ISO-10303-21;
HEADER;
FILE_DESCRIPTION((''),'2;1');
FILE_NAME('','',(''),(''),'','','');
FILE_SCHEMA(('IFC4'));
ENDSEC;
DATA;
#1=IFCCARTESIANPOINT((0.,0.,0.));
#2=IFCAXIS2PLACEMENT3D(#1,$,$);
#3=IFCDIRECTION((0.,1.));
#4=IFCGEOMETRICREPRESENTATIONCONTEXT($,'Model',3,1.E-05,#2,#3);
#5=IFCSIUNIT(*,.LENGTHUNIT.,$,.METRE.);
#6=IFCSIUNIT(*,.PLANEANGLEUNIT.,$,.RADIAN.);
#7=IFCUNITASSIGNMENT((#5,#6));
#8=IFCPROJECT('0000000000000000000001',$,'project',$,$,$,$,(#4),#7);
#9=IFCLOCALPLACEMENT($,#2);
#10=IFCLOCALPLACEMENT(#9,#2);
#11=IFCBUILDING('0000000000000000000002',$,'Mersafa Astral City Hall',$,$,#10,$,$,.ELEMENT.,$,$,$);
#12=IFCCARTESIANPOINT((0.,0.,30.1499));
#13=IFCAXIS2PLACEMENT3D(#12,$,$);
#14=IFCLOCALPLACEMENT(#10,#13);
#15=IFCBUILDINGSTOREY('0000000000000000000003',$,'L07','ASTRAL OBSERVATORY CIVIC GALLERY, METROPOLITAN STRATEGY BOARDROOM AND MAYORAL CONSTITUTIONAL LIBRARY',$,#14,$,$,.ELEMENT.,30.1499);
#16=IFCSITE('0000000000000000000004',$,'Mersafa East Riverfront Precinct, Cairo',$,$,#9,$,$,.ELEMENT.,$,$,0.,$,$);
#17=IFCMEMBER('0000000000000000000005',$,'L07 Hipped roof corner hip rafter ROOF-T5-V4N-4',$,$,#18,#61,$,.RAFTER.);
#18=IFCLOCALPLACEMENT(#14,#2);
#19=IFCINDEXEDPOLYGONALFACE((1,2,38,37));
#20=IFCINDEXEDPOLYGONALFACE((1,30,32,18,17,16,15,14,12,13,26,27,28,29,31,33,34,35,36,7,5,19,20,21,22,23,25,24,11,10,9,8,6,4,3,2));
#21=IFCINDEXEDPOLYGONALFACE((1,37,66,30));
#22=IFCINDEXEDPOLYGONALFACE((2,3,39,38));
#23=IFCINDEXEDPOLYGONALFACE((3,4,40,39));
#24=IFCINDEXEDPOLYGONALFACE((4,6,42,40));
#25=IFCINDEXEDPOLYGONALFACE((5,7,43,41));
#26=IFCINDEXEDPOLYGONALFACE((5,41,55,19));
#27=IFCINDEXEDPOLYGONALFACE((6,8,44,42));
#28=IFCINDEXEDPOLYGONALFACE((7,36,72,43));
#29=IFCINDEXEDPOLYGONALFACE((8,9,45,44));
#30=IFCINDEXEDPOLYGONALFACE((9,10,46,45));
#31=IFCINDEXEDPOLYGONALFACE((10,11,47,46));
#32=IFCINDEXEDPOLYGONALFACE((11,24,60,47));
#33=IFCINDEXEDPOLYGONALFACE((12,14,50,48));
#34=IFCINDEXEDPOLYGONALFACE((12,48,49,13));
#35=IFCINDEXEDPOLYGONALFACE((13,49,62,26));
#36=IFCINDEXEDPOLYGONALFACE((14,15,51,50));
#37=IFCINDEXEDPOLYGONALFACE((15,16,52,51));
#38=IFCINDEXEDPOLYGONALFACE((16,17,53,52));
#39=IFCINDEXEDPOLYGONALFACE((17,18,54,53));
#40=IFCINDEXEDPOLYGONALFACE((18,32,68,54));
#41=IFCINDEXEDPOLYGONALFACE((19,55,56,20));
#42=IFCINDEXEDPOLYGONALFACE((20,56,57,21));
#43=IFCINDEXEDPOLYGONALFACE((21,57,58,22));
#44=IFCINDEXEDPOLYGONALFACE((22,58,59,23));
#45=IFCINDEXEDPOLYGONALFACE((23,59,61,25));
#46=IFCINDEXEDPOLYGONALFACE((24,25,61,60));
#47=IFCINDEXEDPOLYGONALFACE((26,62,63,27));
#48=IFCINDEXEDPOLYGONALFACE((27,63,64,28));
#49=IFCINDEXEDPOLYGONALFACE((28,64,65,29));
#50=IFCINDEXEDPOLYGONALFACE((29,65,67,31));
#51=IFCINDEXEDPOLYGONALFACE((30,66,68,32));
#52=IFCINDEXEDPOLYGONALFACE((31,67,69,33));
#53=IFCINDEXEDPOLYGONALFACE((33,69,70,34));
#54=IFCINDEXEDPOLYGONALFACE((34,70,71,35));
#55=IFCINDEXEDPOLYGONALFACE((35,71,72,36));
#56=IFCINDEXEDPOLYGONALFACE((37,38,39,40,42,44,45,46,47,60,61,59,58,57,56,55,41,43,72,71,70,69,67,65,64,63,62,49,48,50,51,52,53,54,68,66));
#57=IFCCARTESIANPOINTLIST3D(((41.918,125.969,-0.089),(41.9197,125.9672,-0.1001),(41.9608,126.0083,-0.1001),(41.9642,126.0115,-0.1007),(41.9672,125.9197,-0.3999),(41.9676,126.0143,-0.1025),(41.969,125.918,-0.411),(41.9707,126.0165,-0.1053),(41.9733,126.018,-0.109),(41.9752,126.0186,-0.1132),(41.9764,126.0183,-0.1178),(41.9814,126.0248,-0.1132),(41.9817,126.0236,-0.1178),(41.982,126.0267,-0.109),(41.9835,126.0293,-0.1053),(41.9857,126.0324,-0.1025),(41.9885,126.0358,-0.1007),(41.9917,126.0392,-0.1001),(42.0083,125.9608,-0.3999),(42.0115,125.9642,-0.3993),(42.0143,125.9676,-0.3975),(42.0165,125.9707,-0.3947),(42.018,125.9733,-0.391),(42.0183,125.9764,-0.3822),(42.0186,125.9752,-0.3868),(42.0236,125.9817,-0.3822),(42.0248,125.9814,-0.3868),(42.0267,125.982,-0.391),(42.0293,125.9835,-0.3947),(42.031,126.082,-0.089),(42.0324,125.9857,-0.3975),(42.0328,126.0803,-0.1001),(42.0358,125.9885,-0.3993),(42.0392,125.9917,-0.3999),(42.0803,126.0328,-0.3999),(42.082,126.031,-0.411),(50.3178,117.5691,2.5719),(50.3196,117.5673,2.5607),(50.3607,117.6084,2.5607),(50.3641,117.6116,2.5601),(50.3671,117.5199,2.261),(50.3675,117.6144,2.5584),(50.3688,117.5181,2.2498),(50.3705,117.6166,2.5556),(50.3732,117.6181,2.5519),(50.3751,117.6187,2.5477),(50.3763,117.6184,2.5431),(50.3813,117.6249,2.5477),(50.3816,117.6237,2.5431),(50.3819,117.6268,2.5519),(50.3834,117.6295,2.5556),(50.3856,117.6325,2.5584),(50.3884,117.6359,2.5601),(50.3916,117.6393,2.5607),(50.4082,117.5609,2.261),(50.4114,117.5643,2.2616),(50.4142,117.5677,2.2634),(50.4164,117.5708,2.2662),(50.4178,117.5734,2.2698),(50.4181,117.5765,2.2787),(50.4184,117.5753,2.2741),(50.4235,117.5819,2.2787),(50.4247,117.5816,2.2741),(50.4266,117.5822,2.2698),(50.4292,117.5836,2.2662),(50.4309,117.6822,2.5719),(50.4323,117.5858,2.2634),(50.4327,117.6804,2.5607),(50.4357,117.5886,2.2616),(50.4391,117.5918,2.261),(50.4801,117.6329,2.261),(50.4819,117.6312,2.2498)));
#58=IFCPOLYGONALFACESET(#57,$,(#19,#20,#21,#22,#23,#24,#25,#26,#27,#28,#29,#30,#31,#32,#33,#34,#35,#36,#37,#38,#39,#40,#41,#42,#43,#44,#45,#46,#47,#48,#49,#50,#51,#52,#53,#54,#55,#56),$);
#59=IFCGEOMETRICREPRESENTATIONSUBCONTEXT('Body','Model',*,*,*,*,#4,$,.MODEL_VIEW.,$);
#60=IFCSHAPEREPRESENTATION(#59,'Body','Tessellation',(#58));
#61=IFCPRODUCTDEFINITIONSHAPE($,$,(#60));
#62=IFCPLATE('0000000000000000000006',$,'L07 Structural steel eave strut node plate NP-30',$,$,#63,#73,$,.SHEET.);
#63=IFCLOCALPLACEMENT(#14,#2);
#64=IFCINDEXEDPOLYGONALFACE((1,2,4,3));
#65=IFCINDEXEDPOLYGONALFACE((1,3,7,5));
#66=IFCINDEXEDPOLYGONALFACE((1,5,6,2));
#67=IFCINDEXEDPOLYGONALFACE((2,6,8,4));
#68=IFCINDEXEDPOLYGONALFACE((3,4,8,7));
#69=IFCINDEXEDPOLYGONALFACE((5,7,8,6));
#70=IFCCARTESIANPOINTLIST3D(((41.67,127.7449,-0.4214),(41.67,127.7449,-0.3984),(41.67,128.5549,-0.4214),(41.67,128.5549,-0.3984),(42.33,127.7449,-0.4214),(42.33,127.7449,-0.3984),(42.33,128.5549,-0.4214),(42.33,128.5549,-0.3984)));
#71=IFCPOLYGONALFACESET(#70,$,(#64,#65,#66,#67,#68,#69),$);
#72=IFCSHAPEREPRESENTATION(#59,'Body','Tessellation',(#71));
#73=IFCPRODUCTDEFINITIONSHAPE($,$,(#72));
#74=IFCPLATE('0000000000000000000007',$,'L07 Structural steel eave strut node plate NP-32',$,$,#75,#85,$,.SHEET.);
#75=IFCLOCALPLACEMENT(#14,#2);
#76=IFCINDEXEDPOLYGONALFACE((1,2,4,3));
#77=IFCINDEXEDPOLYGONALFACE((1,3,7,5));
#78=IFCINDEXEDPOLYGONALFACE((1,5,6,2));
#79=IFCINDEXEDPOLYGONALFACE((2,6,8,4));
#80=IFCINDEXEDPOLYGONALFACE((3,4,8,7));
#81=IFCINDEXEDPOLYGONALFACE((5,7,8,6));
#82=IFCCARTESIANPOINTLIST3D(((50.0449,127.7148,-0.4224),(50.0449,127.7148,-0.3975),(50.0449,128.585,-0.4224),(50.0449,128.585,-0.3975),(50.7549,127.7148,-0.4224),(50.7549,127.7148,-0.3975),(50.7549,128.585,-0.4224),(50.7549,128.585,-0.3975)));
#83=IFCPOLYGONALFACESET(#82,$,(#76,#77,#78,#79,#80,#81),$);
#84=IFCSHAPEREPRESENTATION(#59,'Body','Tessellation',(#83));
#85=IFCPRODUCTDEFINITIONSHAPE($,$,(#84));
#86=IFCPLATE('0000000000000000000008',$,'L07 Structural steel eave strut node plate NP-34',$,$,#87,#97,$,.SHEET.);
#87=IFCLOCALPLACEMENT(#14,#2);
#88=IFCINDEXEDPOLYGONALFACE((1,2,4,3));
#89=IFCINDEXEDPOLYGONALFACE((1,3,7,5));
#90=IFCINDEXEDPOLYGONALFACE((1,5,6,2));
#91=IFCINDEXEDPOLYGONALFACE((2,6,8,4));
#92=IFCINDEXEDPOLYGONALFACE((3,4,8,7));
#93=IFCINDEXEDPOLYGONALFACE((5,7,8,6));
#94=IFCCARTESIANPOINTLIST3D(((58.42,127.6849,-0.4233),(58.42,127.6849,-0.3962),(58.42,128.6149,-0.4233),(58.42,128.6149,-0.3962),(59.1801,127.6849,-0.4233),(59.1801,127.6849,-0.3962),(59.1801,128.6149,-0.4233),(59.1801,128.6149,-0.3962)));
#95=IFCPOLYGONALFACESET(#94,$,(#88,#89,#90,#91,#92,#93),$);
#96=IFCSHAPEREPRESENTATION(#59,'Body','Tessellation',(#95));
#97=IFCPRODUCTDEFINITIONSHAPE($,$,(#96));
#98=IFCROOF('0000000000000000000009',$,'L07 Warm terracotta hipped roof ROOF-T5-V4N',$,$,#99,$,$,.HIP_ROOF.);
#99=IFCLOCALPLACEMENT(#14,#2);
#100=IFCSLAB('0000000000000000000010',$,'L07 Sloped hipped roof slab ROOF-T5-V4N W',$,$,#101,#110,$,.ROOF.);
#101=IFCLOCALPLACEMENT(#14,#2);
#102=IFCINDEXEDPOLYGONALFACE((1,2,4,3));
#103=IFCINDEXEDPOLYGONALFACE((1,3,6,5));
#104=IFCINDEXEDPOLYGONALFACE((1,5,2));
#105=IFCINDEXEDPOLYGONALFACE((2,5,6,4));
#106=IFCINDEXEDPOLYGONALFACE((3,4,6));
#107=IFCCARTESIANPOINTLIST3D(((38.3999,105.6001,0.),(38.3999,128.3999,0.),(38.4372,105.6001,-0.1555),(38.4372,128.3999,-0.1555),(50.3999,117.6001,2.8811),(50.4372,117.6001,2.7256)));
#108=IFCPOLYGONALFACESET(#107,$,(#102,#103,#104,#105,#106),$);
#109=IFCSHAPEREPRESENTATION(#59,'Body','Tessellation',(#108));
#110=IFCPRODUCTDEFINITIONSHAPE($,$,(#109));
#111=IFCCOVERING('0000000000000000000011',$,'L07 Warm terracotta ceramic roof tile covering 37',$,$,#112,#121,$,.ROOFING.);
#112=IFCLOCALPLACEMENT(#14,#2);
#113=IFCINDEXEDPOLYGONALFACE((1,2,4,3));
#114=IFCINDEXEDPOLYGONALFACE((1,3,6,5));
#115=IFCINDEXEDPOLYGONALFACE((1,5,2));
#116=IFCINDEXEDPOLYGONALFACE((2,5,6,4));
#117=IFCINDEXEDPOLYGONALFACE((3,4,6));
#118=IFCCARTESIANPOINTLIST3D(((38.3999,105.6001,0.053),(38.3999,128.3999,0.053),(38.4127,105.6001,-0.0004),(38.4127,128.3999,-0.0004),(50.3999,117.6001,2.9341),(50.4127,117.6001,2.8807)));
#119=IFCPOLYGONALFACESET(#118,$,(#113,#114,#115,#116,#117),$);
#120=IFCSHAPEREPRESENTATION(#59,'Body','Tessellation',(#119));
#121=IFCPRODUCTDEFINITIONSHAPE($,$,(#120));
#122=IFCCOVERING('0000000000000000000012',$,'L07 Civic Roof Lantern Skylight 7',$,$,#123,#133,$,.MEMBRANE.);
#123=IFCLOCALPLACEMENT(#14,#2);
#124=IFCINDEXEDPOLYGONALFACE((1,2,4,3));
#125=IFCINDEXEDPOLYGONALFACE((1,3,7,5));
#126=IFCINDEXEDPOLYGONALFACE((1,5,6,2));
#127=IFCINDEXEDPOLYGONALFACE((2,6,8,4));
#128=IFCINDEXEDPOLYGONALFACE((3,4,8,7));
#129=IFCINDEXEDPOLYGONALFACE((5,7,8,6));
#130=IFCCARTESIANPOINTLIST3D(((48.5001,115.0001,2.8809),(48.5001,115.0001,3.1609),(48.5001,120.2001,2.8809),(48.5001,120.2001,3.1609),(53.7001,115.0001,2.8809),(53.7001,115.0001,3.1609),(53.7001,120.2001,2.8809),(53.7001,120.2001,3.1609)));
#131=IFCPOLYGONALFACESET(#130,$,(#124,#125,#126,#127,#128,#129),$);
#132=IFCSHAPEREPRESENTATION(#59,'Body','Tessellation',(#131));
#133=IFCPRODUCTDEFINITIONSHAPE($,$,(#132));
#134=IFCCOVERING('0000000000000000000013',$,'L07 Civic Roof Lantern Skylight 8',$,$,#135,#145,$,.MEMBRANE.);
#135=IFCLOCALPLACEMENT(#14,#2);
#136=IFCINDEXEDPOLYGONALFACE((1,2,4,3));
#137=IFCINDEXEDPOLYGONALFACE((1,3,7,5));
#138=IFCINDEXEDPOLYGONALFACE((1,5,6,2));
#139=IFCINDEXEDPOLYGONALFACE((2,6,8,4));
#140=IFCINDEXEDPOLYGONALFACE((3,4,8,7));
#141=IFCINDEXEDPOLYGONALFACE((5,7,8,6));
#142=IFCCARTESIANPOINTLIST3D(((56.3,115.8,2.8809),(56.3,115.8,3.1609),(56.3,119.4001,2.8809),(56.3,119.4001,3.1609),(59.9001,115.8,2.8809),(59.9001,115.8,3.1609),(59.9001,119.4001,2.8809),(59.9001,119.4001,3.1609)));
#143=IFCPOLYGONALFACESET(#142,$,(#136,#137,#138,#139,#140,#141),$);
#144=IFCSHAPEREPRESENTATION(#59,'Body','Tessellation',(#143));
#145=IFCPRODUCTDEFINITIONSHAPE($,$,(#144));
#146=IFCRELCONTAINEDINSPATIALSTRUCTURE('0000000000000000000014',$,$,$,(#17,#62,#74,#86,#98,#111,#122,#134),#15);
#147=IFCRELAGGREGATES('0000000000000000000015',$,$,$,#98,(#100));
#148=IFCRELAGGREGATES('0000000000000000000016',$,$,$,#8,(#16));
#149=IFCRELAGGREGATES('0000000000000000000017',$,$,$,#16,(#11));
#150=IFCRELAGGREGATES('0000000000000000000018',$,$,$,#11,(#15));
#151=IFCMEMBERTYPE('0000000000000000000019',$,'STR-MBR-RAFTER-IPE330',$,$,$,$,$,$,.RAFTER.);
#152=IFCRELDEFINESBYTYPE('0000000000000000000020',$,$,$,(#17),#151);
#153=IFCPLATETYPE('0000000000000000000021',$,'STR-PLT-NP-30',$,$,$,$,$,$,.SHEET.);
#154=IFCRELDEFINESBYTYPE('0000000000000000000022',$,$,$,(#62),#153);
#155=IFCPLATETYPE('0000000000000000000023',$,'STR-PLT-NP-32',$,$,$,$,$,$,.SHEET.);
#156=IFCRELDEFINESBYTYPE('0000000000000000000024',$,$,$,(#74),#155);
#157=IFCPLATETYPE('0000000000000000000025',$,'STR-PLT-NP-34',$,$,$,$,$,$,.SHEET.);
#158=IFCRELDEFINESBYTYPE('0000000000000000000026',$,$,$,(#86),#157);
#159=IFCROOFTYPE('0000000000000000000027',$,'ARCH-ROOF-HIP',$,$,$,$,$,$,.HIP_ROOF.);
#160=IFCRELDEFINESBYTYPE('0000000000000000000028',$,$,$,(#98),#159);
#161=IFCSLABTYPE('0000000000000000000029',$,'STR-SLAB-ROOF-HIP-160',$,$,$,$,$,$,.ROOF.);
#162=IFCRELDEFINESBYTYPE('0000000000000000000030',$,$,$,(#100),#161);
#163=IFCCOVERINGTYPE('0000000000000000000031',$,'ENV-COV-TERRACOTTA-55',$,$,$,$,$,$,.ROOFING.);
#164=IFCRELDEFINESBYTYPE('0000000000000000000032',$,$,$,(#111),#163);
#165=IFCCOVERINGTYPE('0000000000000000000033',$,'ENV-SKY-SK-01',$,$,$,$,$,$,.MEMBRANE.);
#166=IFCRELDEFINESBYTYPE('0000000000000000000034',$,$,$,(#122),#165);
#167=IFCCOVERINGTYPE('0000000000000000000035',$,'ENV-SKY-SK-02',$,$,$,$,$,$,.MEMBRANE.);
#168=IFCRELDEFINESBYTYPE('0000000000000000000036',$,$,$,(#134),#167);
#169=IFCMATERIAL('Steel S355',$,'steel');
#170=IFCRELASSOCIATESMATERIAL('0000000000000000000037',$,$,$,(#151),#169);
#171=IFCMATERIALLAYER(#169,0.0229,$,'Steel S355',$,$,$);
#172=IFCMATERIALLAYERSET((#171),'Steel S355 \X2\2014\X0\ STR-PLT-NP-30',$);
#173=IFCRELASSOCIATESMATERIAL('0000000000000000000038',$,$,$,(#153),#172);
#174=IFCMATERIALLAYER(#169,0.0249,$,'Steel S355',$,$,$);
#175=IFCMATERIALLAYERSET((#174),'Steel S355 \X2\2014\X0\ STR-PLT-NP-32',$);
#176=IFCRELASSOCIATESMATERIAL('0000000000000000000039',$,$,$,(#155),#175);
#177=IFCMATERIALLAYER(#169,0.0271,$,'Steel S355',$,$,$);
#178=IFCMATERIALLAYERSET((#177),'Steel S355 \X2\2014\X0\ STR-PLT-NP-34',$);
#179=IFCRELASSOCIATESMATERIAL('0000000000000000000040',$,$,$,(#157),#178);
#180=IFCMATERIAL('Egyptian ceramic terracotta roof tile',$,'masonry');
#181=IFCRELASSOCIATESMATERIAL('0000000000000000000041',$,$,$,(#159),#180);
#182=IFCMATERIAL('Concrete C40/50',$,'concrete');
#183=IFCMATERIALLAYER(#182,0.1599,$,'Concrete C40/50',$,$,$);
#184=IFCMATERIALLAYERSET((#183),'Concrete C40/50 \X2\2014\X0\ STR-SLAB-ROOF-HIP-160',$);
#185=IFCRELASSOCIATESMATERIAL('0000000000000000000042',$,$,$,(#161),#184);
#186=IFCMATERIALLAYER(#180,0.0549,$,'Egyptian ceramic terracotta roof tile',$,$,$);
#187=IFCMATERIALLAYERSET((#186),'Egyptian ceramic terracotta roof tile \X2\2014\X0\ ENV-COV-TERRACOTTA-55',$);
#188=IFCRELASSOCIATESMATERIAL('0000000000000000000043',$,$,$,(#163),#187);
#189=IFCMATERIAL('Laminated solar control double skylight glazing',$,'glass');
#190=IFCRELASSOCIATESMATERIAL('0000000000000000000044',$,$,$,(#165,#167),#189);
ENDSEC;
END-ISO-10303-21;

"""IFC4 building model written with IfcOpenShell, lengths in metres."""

from ifc_helpers import new_model, si_unit, direction, frame, origin, origin_2d, place, context, subcontext, project, spatial, polyline, rectangle, i_section, outline, extrude, material, layer, layer_set, material_profile, profile_set, type_object, element, aggregate, save


model = new_model("IFC4")

# Units and contexts
model_context = context("Model", 3, precision=1e-05, world=origin(), true_north=direction((0.0, 1.0)))
body_context = subcontext(model_context, "Body", "Model", "MODEL_VIEW")
ifc_project = project(units=[si_unit("LENGTHUNIT", "METRE"), si_unit("PLANEANGLEUNIT", "RADIAN")], contexts=[model_context])

# Site, building, storey
site_placement = place(None, origin())
site = spatial("IfcSite", under=ifc_project, at=site_placement, Name="Mersafa East Riverfront Precinct, Cairo", CompositionType="ELEMENT", RefElevation=0.0)
building_placement = place(site_placement, origin())
building = spatial("IfcBuilding", under=site, at=building_placement, Name="Mersafa Astral City Hall", CompositionType="ELEMENT")
storey_placement = place(building_placement, frame((0.0, 0.0, 30.1499)))
storey = spatial("IfcBuildingStorey", under=building, at=storey_placement, Name="L07", Description="ASTRAL OBSERVATORY CIVIC GALLERY, METROPOLITAN STRATEGY BOARDROOM AND MAYORAL CONSTITUTIONAL LIBRARY", CompositionType="ELEMENT", Elevation=30.1499)

# Shared definitions
ifc_material_1 = material(Name="Steel S355", Category="steel")

# Member
ifc_material_profile_1 = material_profile(ifc_material_1, i_section(OverallWidth=0.1599, OverallDepth=0.3301, WebThickness=0.0076, FlangeThickness=0.0115, FilletRadius=0.0181, at=origin_2d()), Name="IPE 330")
ifc_profile_set_1 = profile_set([ifc_material_profile_1], Name="Steel S355")
member_type_1 = type_object("IfcMemberType", Name="STR-MBR-RAFTER-IPE330", PredefinedType="RAFTER", material=ifc_profile_set_1)
member_1_placement = place(storey_placement, frame((42.0, 126.0, -0.25), z_axis=(0.690009, -0.690009, 0.218578), x_axis=(0.707107, 0.707107, 0.0)))
element("IfcMember", 1, at=member_1_placement, inside=storey, type_object=member_type_1, Name="L07 Hipped roof corner hip rafter ROOF-T5-V4N-4", PredefinedType="RAFTER", context=body_context, shape_type="SweptSolid", body=[
    extrude(i_section(OverallWidth=0.1599, OverallDepth=0.3301, WebThickness=0.0076, FlangeThickness=0.0115, FilletRadius=0.0181, at=origin_2d()), origin(), (0.0, 0.0, 1.0), 12.1736),
])

# Plates
ifc_layer_1 = layer(ifc_material_1, 0.0229, Name="Steel S355")
ifc_layer_set_1 = layer_set([ifc_layer_1], Name="Steel S355 — STR-PLT-NP-30")
plate_type_1 = type_object("IfcPlateType", Name="STR-PLT-NP-30", PredefinedType="SHEET", material=ifc_layer_set_1)
plate_1_placement = place(storey_placement, frame((42.0, 128.1499, -0.4214), z_axis=(0.0, 0.0, 1.0), x_axis=(1.0, 0.0, 0.0)))
element("IfcPlate", 2, at=plate_1_placement, inside=storey, type_object=plate_type_1, Name="L07 Structural steel eave strut node plate NP-30", PredefinedType="SHEET", context=body_context, shape_type="SweptSolid", body=[
    extrude(rectangle(XDim=0.6599, YDim=0.8101, at=origin_2d()), origin(), (0.0, 0.0, 1.0), 0.0229),
])
ifc_layer_2 = layer(ifc_material_1, 0.0249, Name="Steel S355")
ifc_layer_set_2 = layer_set([ifc_layer_2], Name="Steel S355 — STR-PLT-NP-32")
plate_type_2 = type_object("IfcPlateType", Name="STR-PLT-NP-32", PredefinedType="SHEET", material=ifc_layer_set_2)
plate_2_placement = place(storey_placement, frame((50.3999, 128.1499, -0.4224), z_axis=(0.0, 0.0, 1.0), x_axis=(1.0, 0.0, 0.0)))
element("IfcPlate", 3, at=plate_2_placement, inside=storey, type_object=plate_type_2, Name="L07 Structural steel eave strut node plate NP-32", PredefinedType="SHEET", context=body_context, shape_type="SweptSolid", body=[
    extrude(rectangle(XDim=0.71, YDim=0.8701, at=origin_2d()), origin(), (0.0, 0.0, 1.0), 0.0249),
])
ifc_layer_3 = layer(ifc_material_1, 0.0271, Name="Steel S355")
ifc_layer_set_3 = layer_set([ifc_layer_3], Name="Steel S355 — STR-PLT-NP-34")
plate_type_3 = type_object("IfcPlateType", Name="STR-PLT-NP-34", PredefinedType="SHEET", material=ifc_layer_set_3)
plate_3_placement = place(storey_placement, frame((58.8, 128.1499, -0.4233), z_axis=(0.0, 0.0, 1.0), x_axis=(1.0, 0.0, 0.0)))
element("IfcPlate", 4, at=plate_3_placement, inside=storey, type_object=plate_type_3, Name="L07 Structural steel eave strut node plate NP-34", PredefinedType="SHEET", context=body_context, shape_type="SweptSolid", body=[
    extrude(rectangle(XDim=0.76, YDim=0.9299, at=origin_2d()), origin(), (0.0, 0.0, 1.0), 0.0271),
])

# Roof, slab
ifc_material_2 = material(Name="Egyptian ceramic terracotta roof tile", Category="masonry")
roof_type = type_object("IfcRoofType", Name="ARCH-ROOF-HIP", PredefinedType="HIP_ROOF", material=ifc_material_2)
roof_placement = place(storey_placement, origin())
roof = element("IfcRoof", 5, at=roof_placement, inside=storey, type_object=roof_type, Name="L07 Warm terracotta hipped roof ROOF-T5-V4N", PredefinedType="HIP_ROOF")
ifc_material_3 = material(Name="Concrete C40/50", Category="concrete")
ifc_layer_4 = layer(ifc_material_3, 0.1599, Name="Concrete C40/50")
ifc_layer_set_4 = layer_set([ifc_layer_4], Name="Concrete C40/50 — STR-SLAB-ROOF-HIP-160")
slab_type = type_object("IfcSlabType", Name="STR-SLAB-ROOF-HIP-160", PredefinedType="ROOF", material=ifc_layer_set_4)
slab_placement = place(storey_placement, frame((38.3999, 128.3999, 0.0), z_axis=(-0.233458, 0.0, 0.972367), x_axis=(0.0, -1.0, 0.0)))
slab = element("IfcSlab", 6, at=slab_placement, type_object=slab_type, Name="L07 Sloped hipped roof slab ROOF-T5-V4N W", PredefinedType="ROOF", context=body_context, shape_type="SweptSolid", body=[
    extrude(outline(polyline([(0.0, 0.0), (22.7998, 0.0), (10.7998, 12.341), (0.0, 0.0)])), origin(), (0.0, 0.0, -1.0), 0.1599),
])
aggregate(roof, [slab])

# Coverings
ifc_layer_5 = layer(ifc_material_2, 0.0549, Name="Egyptian ceramic terracotta roof tile")
ifc_layer_set_5 = layer_set([ifc_layer_5], Name="Egyptian ceramic terracotta roof tile — ENV-COV-TERRACOTTA-55")
covering_type_1 = type_object("IfcCoveringType", Name="ENV-COV-TERRACOTTA-55", PredefinedType="ROOFING", material=ifc_layer_set_5)
covering_1_placement = place(storey_placement, frame((38.3999, 128.3999, 0.053), z_axis=(-0.233458, 0.0, 0.972367), x_axis=(0.0, -1.0, 0.0)))
element("IfcCovering", 7, at=covering_1_placement, inside=storey, type_object=covering_type_1, Name="L07 Warm terracotta ceramic roof tile covering 37", PredefinedType="ROOFING", context=body_context, shape_type="SweptSolid", body=[
    extrude(outline(polyline([(0.0, 0.0), (22.7998, 0.0), (10.7998, 12.341), (0.0, 0.0)])), origin(), (0.0, 0.0, -1.0), 0.0549),
])
ifc_material_4 = material(Name="Laminated solar control double skylight glazing", Category="glass")
covering_type_2 = type_object("IfcCoveringType", Name="ENV-SKY-SK-01", PredefinedType="MEMBRANE", material=ifc_material_4)
covering_2_placement = place(storey_placement, frame((51.1001, 117.6001, 2.8809), z_axis=(0.0, 0.0, 1.0), x_axis=(1.0, 0.0, 0.0)))
element("IfcCovering", 8, at=covering_2_placement, inside=storey, type_object=covering_type_2, Name="L07 Civic Roof Lantern Skylight 7", PredefinedType="MEMBRANE", context=body_context, shape_type="SweptSolid", body=[
    extrude(rectangle(XDim=5.2, YDim=5.2, at=origin_2d()), origin(), (0.0, 0.0, 1.0), 0.28),
])
covering_type_3 = type_object("IfcCoveringType", Name="ENV-SKY-SK-02", PredefinedType="MEMBRANE", material=ifc_material_4)
covering_3_placement = place(storey_placement, frame((58.1001, 117.6001, 2.8809), z_axis=(0.0, 0.0, 1.0), x_axis=(1.0, 0.0, 0.0)))
element("IfcCovering", 9, at=covering_3_placement, inside=storey, type_object=covering_type_3, Name="L07 Civic Roof Lantern Skylight 8", PredefinedType="MEMBRANE", context=body_context, shape_type="SweptSolid", body=[
    extrude(rectangle(XDim=3.6001, YDim=3.6001, at=origin_2d()), origin(), (0.0, 0.0, 1.0), 0.28),
])

save(model, "model.ifc")
